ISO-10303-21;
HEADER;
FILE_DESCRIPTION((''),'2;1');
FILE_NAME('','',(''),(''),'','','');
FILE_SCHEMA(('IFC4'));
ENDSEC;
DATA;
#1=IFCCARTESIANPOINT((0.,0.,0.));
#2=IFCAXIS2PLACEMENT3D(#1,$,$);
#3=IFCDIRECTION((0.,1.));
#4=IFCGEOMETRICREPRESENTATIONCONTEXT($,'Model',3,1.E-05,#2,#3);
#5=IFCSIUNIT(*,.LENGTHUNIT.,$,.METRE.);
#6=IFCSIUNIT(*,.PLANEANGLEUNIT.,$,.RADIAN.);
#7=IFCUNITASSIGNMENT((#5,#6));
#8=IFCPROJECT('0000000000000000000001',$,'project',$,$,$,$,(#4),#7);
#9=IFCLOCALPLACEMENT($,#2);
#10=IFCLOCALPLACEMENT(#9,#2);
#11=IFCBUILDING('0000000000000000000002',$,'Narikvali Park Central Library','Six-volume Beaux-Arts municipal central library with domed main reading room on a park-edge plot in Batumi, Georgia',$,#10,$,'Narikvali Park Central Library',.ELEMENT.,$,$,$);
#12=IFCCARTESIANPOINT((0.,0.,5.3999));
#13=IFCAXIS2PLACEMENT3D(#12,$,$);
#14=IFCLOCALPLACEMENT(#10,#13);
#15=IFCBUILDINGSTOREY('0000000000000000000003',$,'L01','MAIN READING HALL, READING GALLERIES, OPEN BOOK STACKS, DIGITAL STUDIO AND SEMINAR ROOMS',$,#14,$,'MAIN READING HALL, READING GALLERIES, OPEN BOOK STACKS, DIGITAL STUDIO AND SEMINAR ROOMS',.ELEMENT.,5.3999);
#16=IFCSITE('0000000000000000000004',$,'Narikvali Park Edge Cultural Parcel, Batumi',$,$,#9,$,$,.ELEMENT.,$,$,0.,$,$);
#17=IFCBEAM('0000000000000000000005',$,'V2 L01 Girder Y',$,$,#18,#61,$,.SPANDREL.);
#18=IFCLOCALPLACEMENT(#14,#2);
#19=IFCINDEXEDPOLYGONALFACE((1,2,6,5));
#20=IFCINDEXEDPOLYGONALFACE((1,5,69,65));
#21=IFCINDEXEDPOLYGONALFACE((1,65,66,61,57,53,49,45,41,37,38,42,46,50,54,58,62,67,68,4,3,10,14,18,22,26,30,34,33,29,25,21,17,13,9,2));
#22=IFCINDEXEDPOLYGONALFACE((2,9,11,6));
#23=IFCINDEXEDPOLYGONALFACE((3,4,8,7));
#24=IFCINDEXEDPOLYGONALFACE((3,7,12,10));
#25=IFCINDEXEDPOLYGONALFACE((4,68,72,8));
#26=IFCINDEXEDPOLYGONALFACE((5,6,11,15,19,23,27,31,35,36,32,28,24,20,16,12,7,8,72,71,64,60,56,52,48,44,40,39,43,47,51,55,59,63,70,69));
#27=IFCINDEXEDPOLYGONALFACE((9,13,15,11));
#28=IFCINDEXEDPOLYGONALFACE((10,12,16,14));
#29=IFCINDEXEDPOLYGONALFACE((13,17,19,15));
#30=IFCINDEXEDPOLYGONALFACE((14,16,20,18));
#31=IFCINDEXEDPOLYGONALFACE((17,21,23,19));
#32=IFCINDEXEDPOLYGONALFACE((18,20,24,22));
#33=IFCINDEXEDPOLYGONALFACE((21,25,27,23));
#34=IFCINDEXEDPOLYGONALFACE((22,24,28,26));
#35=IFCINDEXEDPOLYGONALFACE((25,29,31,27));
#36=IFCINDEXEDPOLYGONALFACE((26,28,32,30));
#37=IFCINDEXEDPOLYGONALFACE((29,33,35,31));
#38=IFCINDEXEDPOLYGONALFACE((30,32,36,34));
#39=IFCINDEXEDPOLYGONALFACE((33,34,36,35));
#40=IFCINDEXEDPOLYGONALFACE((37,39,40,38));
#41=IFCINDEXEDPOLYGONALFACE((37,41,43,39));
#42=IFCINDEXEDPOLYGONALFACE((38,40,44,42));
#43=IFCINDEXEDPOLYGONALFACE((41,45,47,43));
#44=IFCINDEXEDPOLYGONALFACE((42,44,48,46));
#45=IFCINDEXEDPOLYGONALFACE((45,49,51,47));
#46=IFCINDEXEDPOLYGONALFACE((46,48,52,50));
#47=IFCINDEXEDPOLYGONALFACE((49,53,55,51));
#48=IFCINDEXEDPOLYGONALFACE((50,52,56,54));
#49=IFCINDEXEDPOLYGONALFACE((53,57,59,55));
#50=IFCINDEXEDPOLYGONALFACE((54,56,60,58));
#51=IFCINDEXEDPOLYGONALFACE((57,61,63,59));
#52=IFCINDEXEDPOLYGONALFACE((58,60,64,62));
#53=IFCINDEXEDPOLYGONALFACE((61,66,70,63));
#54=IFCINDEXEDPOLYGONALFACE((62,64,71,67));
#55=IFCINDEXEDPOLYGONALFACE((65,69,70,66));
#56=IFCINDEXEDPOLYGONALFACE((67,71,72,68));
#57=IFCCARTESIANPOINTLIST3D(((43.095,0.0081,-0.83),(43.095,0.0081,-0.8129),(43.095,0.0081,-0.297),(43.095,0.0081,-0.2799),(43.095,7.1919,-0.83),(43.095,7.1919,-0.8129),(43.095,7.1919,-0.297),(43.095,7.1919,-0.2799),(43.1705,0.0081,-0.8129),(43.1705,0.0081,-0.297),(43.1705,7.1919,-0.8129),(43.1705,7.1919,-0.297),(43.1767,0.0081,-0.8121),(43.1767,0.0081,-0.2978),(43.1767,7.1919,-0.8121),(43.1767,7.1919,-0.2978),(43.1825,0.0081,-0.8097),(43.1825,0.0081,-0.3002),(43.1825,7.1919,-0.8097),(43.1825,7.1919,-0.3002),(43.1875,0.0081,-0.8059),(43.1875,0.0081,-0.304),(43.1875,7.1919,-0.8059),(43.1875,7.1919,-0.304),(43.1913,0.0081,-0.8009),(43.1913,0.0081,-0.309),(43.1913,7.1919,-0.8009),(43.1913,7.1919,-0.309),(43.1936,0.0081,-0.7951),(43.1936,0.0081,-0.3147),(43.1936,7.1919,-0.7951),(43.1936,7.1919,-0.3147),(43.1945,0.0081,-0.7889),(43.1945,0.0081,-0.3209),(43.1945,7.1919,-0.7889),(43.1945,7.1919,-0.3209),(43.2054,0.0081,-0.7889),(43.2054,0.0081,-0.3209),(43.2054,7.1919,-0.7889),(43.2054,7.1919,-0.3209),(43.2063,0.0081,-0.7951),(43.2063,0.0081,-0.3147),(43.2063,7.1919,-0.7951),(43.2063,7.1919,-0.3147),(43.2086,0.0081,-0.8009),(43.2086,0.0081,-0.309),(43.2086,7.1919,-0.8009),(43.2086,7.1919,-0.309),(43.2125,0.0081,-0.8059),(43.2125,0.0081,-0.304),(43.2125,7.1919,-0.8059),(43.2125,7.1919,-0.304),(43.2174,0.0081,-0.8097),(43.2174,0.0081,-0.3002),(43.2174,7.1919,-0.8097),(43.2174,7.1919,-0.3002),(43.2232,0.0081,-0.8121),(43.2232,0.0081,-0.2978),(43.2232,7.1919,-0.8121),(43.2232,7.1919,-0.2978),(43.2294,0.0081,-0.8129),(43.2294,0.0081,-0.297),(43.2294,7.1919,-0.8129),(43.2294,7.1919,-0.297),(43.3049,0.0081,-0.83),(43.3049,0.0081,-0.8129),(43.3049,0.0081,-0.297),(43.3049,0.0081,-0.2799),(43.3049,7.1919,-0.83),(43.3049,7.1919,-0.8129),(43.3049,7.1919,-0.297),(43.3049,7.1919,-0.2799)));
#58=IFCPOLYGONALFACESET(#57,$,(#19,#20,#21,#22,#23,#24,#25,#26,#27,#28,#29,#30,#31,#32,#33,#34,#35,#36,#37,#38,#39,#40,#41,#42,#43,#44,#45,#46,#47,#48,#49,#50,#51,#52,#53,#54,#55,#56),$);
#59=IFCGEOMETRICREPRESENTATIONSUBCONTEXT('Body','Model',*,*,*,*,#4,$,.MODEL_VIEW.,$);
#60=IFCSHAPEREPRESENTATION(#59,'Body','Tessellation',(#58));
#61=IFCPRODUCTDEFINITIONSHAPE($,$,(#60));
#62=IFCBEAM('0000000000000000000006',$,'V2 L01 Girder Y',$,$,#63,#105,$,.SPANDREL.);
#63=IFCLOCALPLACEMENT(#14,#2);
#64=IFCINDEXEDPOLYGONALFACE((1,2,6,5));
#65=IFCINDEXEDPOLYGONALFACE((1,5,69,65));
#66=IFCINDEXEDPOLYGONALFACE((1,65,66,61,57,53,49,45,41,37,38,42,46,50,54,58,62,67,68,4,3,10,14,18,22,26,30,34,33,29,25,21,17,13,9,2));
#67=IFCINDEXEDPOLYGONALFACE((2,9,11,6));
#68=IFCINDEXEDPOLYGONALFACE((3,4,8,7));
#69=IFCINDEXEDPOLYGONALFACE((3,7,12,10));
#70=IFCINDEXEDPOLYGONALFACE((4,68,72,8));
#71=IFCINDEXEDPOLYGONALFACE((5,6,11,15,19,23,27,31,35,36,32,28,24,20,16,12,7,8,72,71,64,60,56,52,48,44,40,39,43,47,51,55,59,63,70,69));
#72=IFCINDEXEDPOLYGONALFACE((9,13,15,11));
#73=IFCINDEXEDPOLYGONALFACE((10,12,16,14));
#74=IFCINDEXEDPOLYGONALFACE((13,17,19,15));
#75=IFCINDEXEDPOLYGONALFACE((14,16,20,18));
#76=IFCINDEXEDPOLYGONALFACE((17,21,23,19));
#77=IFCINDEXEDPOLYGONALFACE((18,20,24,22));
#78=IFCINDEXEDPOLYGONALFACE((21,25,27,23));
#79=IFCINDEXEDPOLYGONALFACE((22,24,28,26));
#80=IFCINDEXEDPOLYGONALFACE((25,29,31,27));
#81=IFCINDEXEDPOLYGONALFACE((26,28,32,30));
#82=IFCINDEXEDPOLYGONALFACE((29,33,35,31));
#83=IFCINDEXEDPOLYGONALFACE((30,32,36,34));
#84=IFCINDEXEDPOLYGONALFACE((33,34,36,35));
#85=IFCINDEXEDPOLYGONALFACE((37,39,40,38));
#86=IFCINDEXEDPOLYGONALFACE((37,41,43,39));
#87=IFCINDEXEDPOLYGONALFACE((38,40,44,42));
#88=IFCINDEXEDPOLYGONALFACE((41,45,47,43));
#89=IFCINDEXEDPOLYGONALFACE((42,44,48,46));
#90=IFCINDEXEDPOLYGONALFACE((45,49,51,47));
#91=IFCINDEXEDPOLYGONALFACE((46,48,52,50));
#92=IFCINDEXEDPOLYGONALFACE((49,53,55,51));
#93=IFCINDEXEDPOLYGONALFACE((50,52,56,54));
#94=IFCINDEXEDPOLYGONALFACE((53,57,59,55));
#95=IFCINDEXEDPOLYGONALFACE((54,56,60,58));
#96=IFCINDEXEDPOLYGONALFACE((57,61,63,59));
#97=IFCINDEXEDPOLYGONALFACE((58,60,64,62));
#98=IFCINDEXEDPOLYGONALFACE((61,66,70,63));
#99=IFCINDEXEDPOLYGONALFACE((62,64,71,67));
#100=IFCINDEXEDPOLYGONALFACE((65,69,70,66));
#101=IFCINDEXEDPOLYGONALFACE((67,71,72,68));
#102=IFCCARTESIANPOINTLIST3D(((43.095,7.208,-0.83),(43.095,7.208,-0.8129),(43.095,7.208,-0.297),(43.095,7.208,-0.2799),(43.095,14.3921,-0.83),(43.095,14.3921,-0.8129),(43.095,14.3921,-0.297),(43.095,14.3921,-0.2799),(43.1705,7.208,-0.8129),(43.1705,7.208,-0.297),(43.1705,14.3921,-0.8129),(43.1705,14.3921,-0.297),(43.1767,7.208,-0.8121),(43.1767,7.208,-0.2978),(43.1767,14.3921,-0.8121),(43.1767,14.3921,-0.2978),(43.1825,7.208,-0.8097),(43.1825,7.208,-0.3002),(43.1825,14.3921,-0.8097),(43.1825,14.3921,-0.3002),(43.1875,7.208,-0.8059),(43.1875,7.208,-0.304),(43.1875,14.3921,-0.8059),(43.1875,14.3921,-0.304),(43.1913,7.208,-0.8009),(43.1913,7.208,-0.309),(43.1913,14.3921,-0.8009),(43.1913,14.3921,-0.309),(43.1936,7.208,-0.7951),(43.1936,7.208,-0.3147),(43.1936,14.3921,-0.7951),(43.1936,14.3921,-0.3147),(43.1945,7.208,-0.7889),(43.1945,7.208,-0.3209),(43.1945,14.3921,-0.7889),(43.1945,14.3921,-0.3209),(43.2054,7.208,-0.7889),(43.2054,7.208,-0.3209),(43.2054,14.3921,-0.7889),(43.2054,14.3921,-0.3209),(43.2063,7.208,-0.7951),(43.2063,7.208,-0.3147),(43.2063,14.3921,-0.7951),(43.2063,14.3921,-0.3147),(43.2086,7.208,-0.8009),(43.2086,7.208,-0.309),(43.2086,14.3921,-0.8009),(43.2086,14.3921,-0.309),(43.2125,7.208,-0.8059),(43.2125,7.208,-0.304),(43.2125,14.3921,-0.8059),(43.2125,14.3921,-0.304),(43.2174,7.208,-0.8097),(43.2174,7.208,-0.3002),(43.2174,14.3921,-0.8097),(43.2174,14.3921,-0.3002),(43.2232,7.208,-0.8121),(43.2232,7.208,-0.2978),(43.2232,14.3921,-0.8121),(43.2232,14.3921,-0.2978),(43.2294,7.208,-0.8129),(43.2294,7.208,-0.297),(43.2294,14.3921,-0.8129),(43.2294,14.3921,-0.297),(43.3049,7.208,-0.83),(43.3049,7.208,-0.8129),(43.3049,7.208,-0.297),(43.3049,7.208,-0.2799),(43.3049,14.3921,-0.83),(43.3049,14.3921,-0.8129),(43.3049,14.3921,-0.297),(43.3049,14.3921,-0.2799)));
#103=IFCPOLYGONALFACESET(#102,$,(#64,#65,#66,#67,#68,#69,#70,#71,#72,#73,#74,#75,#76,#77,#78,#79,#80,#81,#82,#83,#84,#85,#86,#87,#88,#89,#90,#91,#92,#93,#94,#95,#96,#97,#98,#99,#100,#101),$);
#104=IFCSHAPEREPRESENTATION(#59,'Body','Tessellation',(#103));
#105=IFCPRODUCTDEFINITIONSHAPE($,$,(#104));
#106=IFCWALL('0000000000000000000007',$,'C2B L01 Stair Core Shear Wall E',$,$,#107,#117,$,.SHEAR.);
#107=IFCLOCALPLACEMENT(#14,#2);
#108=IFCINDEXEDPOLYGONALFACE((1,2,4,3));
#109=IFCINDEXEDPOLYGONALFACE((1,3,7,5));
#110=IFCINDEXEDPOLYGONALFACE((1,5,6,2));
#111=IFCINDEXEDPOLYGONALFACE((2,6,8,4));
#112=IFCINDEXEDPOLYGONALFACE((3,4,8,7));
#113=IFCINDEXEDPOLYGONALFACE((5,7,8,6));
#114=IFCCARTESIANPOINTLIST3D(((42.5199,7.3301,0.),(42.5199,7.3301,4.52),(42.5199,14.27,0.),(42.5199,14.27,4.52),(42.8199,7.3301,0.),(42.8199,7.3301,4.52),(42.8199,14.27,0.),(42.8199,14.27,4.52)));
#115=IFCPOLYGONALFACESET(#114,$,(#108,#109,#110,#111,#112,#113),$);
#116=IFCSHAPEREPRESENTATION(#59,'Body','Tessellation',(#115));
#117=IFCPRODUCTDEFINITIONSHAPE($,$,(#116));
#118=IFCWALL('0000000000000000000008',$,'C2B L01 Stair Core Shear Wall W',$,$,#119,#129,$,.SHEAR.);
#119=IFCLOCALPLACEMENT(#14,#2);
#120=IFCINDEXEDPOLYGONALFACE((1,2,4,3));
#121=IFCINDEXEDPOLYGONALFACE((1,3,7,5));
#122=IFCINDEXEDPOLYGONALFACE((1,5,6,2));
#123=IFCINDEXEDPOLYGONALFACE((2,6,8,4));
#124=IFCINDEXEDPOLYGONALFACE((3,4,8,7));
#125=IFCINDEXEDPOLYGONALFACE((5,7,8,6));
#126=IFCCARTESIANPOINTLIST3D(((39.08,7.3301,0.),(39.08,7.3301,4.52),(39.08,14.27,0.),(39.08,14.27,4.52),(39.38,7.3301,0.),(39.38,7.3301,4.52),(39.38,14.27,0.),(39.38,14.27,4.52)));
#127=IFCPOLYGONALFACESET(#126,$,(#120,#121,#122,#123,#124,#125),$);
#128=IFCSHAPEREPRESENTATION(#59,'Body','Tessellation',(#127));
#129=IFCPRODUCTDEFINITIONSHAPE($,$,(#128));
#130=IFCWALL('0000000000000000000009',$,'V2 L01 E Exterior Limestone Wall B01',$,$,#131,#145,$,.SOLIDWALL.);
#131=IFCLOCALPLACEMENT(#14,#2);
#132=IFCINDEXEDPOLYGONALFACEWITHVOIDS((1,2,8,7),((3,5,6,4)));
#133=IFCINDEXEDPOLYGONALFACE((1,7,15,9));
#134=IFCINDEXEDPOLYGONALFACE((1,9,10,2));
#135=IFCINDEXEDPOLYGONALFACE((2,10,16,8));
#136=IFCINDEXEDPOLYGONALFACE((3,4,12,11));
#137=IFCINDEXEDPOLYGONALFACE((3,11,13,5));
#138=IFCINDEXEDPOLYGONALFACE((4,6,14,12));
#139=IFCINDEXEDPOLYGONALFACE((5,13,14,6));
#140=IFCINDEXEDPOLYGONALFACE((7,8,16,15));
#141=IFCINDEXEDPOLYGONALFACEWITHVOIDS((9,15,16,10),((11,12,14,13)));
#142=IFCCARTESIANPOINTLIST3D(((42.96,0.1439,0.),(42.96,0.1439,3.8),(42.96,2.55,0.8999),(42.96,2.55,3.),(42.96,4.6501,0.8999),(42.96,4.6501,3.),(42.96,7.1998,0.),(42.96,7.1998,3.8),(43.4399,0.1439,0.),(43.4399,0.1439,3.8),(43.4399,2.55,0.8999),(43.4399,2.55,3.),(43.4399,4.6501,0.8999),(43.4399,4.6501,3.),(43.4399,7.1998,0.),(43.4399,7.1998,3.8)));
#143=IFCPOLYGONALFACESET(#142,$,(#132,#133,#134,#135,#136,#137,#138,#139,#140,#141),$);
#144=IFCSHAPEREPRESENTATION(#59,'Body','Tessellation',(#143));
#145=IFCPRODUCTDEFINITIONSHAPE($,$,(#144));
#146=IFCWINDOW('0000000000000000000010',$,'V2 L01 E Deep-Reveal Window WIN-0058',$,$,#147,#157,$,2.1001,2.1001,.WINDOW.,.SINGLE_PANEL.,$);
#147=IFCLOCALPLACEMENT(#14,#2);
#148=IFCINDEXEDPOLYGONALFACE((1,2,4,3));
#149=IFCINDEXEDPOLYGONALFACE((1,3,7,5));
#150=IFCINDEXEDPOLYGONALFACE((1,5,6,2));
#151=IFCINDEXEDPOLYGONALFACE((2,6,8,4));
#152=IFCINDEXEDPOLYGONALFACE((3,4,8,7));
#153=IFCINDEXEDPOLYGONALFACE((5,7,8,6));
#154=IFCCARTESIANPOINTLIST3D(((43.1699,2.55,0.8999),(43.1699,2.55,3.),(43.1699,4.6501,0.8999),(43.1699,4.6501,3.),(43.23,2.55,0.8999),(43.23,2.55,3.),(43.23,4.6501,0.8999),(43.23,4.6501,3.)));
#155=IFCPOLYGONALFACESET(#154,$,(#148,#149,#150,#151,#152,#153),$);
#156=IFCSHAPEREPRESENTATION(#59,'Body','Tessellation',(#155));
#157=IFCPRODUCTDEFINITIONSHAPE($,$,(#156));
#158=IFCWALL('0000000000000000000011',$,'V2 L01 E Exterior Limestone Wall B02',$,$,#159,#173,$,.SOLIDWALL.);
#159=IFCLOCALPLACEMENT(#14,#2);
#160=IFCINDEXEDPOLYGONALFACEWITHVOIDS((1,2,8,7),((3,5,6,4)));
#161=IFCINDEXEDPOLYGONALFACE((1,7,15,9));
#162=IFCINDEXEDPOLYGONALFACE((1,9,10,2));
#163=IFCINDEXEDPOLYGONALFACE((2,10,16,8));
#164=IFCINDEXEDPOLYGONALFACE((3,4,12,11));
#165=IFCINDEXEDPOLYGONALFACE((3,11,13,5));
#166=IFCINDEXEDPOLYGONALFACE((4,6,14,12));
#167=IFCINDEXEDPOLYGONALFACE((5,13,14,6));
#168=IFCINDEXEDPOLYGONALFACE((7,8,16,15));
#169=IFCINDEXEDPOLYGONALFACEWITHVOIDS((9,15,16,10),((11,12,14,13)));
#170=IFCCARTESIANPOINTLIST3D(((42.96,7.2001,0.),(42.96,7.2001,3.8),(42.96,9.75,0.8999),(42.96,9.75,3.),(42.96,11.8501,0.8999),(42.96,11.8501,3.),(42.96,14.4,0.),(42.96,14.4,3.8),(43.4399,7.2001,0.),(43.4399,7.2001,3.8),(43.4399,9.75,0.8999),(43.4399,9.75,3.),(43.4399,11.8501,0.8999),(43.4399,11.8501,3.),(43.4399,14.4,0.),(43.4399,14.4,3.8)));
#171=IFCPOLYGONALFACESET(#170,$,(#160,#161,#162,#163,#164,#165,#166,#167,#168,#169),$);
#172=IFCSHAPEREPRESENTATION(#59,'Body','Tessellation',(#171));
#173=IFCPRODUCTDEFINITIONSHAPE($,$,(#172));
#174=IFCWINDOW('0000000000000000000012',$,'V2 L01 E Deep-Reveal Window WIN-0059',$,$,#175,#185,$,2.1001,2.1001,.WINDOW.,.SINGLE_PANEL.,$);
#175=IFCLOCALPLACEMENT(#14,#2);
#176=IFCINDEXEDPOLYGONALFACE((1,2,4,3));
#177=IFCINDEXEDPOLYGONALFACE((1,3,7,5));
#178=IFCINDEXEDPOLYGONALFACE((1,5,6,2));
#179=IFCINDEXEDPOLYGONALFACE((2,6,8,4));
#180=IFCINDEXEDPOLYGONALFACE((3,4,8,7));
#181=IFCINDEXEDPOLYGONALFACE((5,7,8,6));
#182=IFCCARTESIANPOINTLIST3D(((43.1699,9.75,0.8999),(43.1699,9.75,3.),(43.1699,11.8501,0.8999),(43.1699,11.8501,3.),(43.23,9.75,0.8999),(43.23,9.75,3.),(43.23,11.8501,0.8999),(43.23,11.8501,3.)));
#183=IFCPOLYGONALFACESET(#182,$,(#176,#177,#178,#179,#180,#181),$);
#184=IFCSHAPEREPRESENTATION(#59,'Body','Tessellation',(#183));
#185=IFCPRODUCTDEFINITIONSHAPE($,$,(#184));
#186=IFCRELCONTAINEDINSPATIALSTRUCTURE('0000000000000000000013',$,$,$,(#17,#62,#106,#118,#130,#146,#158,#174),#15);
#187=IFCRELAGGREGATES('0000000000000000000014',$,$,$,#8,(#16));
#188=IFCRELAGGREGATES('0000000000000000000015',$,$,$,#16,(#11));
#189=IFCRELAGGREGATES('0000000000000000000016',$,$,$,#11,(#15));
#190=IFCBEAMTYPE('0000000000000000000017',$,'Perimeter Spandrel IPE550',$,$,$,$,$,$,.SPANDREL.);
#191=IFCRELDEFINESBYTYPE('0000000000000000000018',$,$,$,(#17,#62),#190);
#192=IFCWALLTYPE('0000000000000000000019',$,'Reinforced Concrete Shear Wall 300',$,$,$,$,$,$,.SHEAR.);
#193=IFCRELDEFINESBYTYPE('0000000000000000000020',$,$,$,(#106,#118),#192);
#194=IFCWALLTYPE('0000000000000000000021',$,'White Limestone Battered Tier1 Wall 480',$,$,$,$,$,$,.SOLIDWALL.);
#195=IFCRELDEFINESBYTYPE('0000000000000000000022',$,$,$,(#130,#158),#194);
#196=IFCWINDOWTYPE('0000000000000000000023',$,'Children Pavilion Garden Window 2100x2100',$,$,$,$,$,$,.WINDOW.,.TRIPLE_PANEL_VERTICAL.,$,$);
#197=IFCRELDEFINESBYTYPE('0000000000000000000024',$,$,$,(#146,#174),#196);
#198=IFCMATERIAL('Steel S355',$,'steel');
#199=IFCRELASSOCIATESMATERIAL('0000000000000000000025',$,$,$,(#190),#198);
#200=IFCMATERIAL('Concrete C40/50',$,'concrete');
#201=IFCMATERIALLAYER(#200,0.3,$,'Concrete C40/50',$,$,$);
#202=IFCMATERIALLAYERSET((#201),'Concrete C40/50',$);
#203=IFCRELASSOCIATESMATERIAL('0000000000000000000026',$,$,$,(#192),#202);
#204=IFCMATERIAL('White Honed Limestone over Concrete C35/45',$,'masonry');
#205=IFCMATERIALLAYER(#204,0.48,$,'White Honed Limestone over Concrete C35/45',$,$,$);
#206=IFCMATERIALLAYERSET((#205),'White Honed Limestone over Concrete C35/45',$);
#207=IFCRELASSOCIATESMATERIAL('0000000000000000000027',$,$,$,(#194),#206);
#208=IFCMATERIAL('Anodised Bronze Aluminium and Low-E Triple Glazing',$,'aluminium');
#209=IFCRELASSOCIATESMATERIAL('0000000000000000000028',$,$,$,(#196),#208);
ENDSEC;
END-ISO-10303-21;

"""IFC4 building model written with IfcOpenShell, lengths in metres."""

from ifc_helpers import new_model, si_unit, direction, frame, frame_2d, origin, origin_2d, place, context, subcontext, project, spatial, rectangle, i_section, extrude, material, layer, layer_set, material_profile, profile_set, type_object, element, fill, save


model = new_model("IFC4")

# Units and contexts
model_context = context("Model", 3, precision=1e-05, world=origin(), true_north=direction((0.0, 1.0)))
body_context = subcontext(model_context, "Body", "Model", "MODEL_VIEW")
ifc_project = project(units=[si_unit("LENGTHUNIT", "METRE"), si_unit("PLANEANGLEUNIT", "RADIAN")], contexts=[model_context])

# Site, building, storey
site_placement = place(None, origin())
site = spatial("IfcSite", under=ifc_project, at=site_placement, Name="Narikvali Park Edge Cultural Parcel, Batumi", CompositionType="ELEMENT", RefElevation=0.0)
building_placement = place(site_placement, origin())
building = spatial("IfcBuilding", under=site, at=building_placement, Name="Narikvali Park Central Library", Description="Six-volume Beaux-Arts municipal central library with domed main reading room on a park-edge plot in Batumi, Georgia", LongName="Narikvali Park Central Library", CompositionType="ELEMENT")
storey_placement = place(building_placement, frame((0.0, 0.0, 5.3999)))
storey = spatial("IfcBuildingStorey", under=building, at=storey_placement, Name="L01", Description="MAIN READING HALL, READING GALLERIES, OPEN BOOK STACKS, DIGITAL STUDIO AND SEMINAR ROOMS", LongName="MAIN READING HALL, READING GALLERIES, OPEN BOOK STACKS, DIGITAL STUDIO AND SEMINAR ROOMS", CompositionType="ELEMENT", Elevation=5.3999)

# Shared definitions
ifc_material_1 = material(Name="Steel S355", Category="steel")

# Beams
ifc_material_profile_1 = material_profile(ifc_material_1, i_section(OverallWidth=0.21, OverallDepth=0.55, WebThickness=0.011, FlangeThickness=0.0171, FilletRadius=0.0239, at=origin_2d()), Name="IPE 550")
ifc_profile_set_1 = profile_set([ifc_material_profile_1], Name="Steel S355")
beam_type_1 = type_object("IfcBeamType", Name="Perimeter Spandrel IPE550", PredefinedType="SPANDREL", material=ifc_profile_set_1)
beam_1_placement = place(storey_placement, frame((43.2, 0.0081, -0.5549), z_axis=(0.0, 1.0, 0.0), x_axis=(-1.0, 0.0, 0.0)))
element("IfcBeam", 1, at=beam_1_placement, inside=storey, type_object=beam_type_1, Name="V2 L01 Girder Y", PredefinedType="SPANDREL", context=body_context, shape_type="SweptSolid", body=[
    extrude(i_section(OverallWidth=0.21, OverallDepth=0.55, WebThickness=0.011, FlangeThickness=0.0171, FilletRadius=0.0239, at=origin_2d()), origin(), (0.0, 0.0, 1.0), 7.1838),
])
beam_2_placement = place(storey_placement, frame((43.2, 7.208, -0.5549), z_axis=(0.0, 1.0, 0.0), x_axis=(-1.0, 0.0, 0.0)))
element("IfcBeam", 2, at=beam_2_placement, inside=storey, type_object=beam_type_1, Name="V2 L01 Girder Y", PredefinedType="SPANDREL", context=body_context, shape_type="SweptSolid", body=[
    extrude(i_section(OverallWidth=0.21, OverallDepth=0.55, WebThickness=0.011, FlangeThickness=0.0171, FilletRadius=0.0239, at=origin_2d()), origin(), (0.0, 0.0, 1.0), 7.1841),
])

# Shared definitions
ifc_material_2 = material(Name="Concrete C40/50", Category="concrete")
ifc_layer_1 = layer(ifc_material_2, 0.3, Name="Concrete C40/50")
ifc_layer_set_1 = layer_set([ifc_layer_1], Name="Concrete C40/50")
wall_type_1 = type_object("IfcWallType", Name="Reinforced Concrete Shear Wall 300", PredefinedType="SHEAR", material=ifc_layer_set_1)

# Walls
for number, where, z_axis, x_axis, name in (
    (3, (42.6699, 7.3301, 0.0), (0.0, 0.0, 1.0), (0.0, 1.0, 0.0), "C2B L01 Stair Core Shear Wall E"),
    (4, (39.23, 14.27, 0.0), (0.0, 0.0, 1.0), (0.0, -1.0, 0.0), "C2B L01 Stair Core Shear Wall W"),
):
    element("IfcWall", number, at=place(storey_placement, frame(where, z_axis=z_axis, x_axis=x_axis)), inside=storey, type_object=wall_type_1, Name=name, PredefinedType="SHEAR", context=body_context, shape_type="SweptSolid", body=[
        extrude(rectangle(XDim=6.9399, YDim=0.3, at=frame_2d((3.47, 0.0))), origin(), (0.0, 0.0, 1.0), 4.52),
    ])

# Walls, openings, windows
ifc_material_3 = material(Name="White Honed Limestone over Concrete C35/45", Category="masonry")
ifc_layer_2 = layer(ifc_material_3, 0.48, Name="White Honed Limestone over Concrete C35/45")
ifc_layer_set_2 = layer_set([ifc_layer_2], Name="White Honed Limestone over Concrete C35/45")
wall_type_2 = type_object("IfcWallType", Name="White Limestone Battered Tier1 Wall 480", PredefinedType="SOLIDWALL", material=ifc_layer_set_2)
wall_1_placement = place(storey_placement, frame((43.2, 0.144, 0.0), z_axis=(0.0, 0.0, 1.0), x_axis=(0.0, 1.0, 0.0)))
wall_1 = element("IfcWall", 5, at=wall_1_placement, inside=storey, type_object=wall_type_2, Name="V2 L01 E Exterior Limestone Wall B01", PredefinedType="SOLIDWALL", context=body_context, shape_type="SweptSolid", body=[
    extrude(rectangle(XDim=7.0559, YDim=0.48, at=frame_2d((3.5278, 0.0))), origin(), (0.0, 0.0, 1.0), 3.8),
])
opening_1_placement = place(wall_1_placement, frame((2.406, 0.0, 0.8999)))
opening_1 = element("IfcOpeningElement", 6, at=opening_1_placement, cuts=wall_1, PredefinedType="OPENING", context=body_context, shape_type="SweptSolid", body=[
    extrude(rectangle(XDim=2.1001, YDim=2.1001, at=frame_2d((1.05, 1.05))), frame((0.0, 0.252, 0.0), z_axis=(0.0, -1.0, 0.0), x_axis=(1.0, 0.0, 0.0)), (0.0, 0.0, 1.0), 0.5039),
])
ifc_material_4 = material(Name="Anodised Bronze Aluminium and Low-E Triple Glazing", Category="aluminium")
window_type = type_object("IfcWindowType", Name="Children Pavilion Garden Window 2100x2100", PartitioningType="TRIPLE_PANEL_VERTICAL", PredefinedType="WINDOW", material=ifc_material_4)
window_1_placement = place(opening_1_placement, origin())
window_1 = element("IfcWindow", 7, at=window_1_placement, inside=storey, type_object=window_type, Name="V2 L01 E Deep-Reveal Window WIN-0058", OverallHeight=2.1001, OverallWidth=2.1001, PartitioningType="SINGLE_PANEL", PredefinedType="WINDOW", context=body_context, shape_type="SweptSolid", body=[
    extrude(rectangle(XDim=2.1001, YDim=2.1001, at=frame_2d((1.05, 1.05))), frame((0.0, 0.03, 0.0), z_axis=(0.0, -1.0, 0.0), x_axis=(1.0, 0.0, 0.0)), (0.0, 0.0, 1.0), 0.0601),
])
fill(opening_1, window_1)
wall_2_placement = place(storey_placement, frame((43.2, 7.2, 0.0), z_axis=(0.0, 0.0, 1.0), x_axis=(0.0, 1.0, 0.0)))
wall_2 = element("IfcWall", 8, at=wall_2_placement, inside=storey, type_object=wall_type_2, Name="V2 L01 E Exterior Limestone Wall B02", PredefinedType="SOLIDWALL", context=body_context, shape_type="SweptSolid", body=[
    extrude(rectangle(XDim=7.2, YDim=0.48, at=frame_2d((3.6001, 0.0))), origin(), (0.0, 0.0, 1.0), 3.8),
])
opening_2_placement = place(wall_2_placement, frame((2.55, 0.0, 0.8999)))
opening_2 = element("IfcOpeningElement", 9, at=opening_2_placement, cuts=wall_2, PredefinedType="OPENING", context=body_context, shape_type="SweptSolid", body=[
    extrude(rectangle(XDim=2.1001, YDim=2.1001, at=frame_2d((1.05, 1.05))), frame((0.0, 0.252, 0.0), z_axis=(0.0, -1.0, 0.0), x_axis=(1.0, 0.0, 0.0)), (0.0, 0.0, 1.0), 0.5039),
])
window_2_placement = place(opening_2_placement, origin())
window_2 = element("IfcWindow", 10, at=window_2_placement, inside=storey, type_object=window_type, Name="V2 L01 E Deep-Reveal Window WIN-0059", OverallHeight=2.1001, OverallWidth=2.1001, PartitioningType="SINGLE_PANEL", PredefinedType="WINDOW", context=body_context, shape_type="SweptSolid", body=[
    extrude(rectangle(XDim=2.1001, YDim=2.1001, at=frame_2d((1.05, 1.05))), frame((0.0, 0.03, 0.0), z_axis=(0.0, -1.0, 0.0), x_axis=(1.0, 0.0, 0.0)), (0.0, 0.0, 1.0), 0.0601),
])
fill(opening_2, window_2)

save(model, "model.ifc")
